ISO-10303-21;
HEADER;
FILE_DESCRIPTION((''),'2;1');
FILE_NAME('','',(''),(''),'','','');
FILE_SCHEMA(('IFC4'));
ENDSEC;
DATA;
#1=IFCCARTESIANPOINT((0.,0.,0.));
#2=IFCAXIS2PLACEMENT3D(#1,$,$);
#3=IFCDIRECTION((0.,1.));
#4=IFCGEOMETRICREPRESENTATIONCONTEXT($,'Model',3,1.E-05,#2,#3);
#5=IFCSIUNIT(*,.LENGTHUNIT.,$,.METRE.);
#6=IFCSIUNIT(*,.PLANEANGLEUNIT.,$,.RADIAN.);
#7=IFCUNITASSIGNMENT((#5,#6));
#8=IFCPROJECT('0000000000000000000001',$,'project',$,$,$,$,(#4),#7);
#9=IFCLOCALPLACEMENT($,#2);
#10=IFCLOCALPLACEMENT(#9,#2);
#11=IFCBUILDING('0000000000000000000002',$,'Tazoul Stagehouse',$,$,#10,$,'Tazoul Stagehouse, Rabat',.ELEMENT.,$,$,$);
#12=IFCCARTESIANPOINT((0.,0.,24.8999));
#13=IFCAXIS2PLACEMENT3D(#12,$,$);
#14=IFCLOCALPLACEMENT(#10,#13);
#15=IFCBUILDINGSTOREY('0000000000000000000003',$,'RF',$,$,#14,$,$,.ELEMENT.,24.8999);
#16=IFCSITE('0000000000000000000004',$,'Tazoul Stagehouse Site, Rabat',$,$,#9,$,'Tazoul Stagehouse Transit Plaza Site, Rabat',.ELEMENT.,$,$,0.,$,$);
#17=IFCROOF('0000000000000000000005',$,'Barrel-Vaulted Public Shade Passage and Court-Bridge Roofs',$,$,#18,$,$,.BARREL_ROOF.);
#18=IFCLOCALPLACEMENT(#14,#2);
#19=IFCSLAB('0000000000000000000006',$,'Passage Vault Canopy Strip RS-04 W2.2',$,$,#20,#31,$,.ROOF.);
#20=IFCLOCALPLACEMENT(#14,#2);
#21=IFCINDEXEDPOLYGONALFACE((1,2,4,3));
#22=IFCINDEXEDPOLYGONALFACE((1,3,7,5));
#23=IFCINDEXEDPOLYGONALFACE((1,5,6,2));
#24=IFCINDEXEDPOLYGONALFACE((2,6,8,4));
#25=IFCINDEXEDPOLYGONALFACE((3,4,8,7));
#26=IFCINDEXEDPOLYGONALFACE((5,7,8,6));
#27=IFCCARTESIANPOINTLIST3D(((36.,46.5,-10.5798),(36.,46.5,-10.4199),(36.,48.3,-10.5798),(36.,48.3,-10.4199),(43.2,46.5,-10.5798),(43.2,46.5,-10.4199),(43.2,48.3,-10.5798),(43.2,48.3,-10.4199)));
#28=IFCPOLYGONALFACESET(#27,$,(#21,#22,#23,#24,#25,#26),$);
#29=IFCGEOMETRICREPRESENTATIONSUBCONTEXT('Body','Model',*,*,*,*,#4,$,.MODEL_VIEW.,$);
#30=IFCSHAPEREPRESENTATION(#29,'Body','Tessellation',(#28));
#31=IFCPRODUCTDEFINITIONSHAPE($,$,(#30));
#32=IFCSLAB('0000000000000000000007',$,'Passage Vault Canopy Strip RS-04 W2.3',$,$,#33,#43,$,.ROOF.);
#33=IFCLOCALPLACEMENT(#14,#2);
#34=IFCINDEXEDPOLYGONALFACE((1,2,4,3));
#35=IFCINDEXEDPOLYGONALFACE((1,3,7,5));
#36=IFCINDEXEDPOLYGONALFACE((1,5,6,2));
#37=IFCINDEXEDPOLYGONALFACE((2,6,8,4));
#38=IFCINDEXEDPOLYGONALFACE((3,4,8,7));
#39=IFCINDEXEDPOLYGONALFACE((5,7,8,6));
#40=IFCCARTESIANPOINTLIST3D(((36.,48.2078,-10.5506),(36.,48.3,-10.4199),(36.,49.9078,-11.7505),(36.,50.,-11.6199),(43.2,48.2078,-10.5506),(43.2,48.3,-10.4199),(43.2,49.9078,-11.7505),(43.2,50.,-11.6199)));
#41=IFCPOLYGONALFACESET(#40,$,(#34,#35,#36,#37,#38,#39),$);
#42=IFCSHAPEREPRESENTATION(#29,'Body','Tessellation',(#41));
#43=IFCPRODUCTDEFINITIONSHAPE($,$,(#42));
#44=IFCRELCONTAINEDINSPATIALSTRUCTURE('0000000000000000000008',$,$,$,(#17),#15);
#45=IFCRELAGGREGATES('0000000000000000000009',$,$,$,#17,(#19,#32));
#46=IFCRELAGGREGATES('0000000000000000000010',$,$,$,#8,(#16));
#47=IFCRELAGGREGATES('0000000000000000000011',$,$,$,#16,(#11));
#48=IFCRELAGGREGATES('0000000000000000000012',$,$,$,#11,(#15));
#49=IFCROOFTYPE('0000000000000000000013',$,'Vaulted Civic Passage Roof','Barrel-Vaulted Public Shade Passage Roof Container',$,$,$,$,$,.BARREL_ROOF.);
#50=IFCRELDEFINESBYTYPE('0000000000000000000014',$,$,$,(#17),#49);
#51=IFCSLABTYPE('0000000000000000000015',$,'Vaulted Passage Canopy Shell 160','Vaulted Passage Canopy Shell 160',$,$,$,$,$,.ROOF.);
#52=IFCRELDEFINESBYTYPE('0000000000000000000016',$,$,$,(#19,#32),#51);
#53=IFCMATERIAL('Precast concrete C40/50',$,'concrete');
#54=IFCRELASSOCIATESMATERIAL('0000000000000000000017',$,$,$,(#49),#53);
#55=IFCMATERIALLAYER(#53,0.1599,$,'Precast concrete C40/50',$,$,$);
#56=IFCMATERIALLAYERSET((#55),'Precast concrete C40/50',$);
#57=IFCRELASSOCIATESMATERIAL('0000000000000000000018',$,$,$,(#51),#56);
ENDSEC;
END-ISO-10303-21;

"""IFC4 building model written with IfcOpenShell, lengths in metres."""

from ifc_helpers import new_model, si_unit, direction, frame, origin, place, context, subcontext, project, spatial, polyline, outline, extrude, material, layer, layer_set, type_object, element, aggregate, save


model = new_model("IFC4")

# Units and contexts
model_context = context("Model", 3, precision=1e-05, world=origin(), true_north=direction((0.0, 1.0)))
body_context = subcontext(model_context, "Body", "Model", "MODEL_VIEW")
ifc_project = project(units=[si_unit("LENGTHUNIT", "METRE"), si_unit("PLANEANGLEUNIT", "RADIAN")], contexts=[model_context])

# Site, building, storey
site_placement = place(None, origin())
site = spatial("IfcSite", under=ifc_project, at=site_placement, Name="Tazoul Stagehouse Site, Rabat", LongName="Tazoul Stagehouse Transit Plaza Site, Rabat", CompositionType="ELEMENT", RefElevation=0.0)
building_placement = place(site_placement, origin())
building = spatial("IfcBuilding", under=site, at=building_placement, Name="Tazoul Stagehouse", LongName="Tazoul Stagehouse, Rabat", CompositionType="ELEMENT")
storey_placement = place(building_placement, frame((0.0, 0.0, 24.8999)))
storey = spatial("IfcBuildingStorey", under=building, at=storey_placement, Name="RF", CompositionType="ELEMENT", Elevation=24.8999)

# Roof, slabs
ifc_material_1 = material(Name="Precast concrete C40/50", Category="concrete")
roof_type = type_object("IfcRoofType", Name="Vaulted Civic Passage Roof", Description="Barrel-Vaulted Public Shade Passage Roof Container", PredefinedType="BARREL_ROOF", material=ifc_material_1)
roof_placement = place(storey_placement, origin())
roof = element("IfcRoof", 1, at=roof_placement, inside=storey, type_object=roof_type, Name="Barrel-Vaulted Public Shade Passage and Court-Bridge Roofs", PredefinedType="BARREL_ROOF")
ifc_layer_1 = layer(ifc_material_1, 0.1599, Name="Precast concrete C40/50")
ifc_layer_set_1 = layer_set([ifc_layer_1], Name="Precast concrete C40/50")
slab_type = type_object("IfcSlabType", Name="Vaulted Passage Canopy Shell 160", Description="Vaulted Passage Canopy Shell 160", PredefinedType="ROOF", material=ifc_layer_set_1)
slab_1_placement = place(storey_placement, frame((36.0, 46.5, -10.4199), z_axis=(0.0, 0.0, 1.0), x_axis=(1.0, 0.0, 0.0)))
slab_1 = element("IfcSlab", 2, at=slab_1_placement, type_object=slab_type, Name="Passage Vault Canopy Strip RS-04 W2.2", PredefinedType="ROOF", context=body_context, shape_type="SweptSolid", body=[
    extrude(outline(polyline([(0.0, 0.0), (7.2, 0.0), (7.2, 1.8), (0.0, 1.8), (0.0, 0.0)])), origin(), (0.0, 0.0, -1.0), 0.1599),
])
slab_2_placement = place(storey_placement, frame((36.0, 48.3, -10.4199), z_axis=(0.0, 0.576679, 0.816971), x_axis=(1.0, 0.0, 0.0)))
slab_2 = element("IfcSlab", 3, at=slab_2_placement, type_object=slab_type, Name="Passage Vault Canopy Strip RS-04 W2.3", PredefinedType="ROOF", context=body_context, shape_type="SweptSolid", body=[
    extrude(outline(polyline([(0.0, 0.0), (7.2, 0.0), (7.2, 2.0808), (0.0, 2.0808), (0.0, 0.0)])), origin(), (0.0, 0.0, -1.0), 0.1599),
])
aggregate(roof, [slab_1, slab_2])

save(model, "model.ifc")
